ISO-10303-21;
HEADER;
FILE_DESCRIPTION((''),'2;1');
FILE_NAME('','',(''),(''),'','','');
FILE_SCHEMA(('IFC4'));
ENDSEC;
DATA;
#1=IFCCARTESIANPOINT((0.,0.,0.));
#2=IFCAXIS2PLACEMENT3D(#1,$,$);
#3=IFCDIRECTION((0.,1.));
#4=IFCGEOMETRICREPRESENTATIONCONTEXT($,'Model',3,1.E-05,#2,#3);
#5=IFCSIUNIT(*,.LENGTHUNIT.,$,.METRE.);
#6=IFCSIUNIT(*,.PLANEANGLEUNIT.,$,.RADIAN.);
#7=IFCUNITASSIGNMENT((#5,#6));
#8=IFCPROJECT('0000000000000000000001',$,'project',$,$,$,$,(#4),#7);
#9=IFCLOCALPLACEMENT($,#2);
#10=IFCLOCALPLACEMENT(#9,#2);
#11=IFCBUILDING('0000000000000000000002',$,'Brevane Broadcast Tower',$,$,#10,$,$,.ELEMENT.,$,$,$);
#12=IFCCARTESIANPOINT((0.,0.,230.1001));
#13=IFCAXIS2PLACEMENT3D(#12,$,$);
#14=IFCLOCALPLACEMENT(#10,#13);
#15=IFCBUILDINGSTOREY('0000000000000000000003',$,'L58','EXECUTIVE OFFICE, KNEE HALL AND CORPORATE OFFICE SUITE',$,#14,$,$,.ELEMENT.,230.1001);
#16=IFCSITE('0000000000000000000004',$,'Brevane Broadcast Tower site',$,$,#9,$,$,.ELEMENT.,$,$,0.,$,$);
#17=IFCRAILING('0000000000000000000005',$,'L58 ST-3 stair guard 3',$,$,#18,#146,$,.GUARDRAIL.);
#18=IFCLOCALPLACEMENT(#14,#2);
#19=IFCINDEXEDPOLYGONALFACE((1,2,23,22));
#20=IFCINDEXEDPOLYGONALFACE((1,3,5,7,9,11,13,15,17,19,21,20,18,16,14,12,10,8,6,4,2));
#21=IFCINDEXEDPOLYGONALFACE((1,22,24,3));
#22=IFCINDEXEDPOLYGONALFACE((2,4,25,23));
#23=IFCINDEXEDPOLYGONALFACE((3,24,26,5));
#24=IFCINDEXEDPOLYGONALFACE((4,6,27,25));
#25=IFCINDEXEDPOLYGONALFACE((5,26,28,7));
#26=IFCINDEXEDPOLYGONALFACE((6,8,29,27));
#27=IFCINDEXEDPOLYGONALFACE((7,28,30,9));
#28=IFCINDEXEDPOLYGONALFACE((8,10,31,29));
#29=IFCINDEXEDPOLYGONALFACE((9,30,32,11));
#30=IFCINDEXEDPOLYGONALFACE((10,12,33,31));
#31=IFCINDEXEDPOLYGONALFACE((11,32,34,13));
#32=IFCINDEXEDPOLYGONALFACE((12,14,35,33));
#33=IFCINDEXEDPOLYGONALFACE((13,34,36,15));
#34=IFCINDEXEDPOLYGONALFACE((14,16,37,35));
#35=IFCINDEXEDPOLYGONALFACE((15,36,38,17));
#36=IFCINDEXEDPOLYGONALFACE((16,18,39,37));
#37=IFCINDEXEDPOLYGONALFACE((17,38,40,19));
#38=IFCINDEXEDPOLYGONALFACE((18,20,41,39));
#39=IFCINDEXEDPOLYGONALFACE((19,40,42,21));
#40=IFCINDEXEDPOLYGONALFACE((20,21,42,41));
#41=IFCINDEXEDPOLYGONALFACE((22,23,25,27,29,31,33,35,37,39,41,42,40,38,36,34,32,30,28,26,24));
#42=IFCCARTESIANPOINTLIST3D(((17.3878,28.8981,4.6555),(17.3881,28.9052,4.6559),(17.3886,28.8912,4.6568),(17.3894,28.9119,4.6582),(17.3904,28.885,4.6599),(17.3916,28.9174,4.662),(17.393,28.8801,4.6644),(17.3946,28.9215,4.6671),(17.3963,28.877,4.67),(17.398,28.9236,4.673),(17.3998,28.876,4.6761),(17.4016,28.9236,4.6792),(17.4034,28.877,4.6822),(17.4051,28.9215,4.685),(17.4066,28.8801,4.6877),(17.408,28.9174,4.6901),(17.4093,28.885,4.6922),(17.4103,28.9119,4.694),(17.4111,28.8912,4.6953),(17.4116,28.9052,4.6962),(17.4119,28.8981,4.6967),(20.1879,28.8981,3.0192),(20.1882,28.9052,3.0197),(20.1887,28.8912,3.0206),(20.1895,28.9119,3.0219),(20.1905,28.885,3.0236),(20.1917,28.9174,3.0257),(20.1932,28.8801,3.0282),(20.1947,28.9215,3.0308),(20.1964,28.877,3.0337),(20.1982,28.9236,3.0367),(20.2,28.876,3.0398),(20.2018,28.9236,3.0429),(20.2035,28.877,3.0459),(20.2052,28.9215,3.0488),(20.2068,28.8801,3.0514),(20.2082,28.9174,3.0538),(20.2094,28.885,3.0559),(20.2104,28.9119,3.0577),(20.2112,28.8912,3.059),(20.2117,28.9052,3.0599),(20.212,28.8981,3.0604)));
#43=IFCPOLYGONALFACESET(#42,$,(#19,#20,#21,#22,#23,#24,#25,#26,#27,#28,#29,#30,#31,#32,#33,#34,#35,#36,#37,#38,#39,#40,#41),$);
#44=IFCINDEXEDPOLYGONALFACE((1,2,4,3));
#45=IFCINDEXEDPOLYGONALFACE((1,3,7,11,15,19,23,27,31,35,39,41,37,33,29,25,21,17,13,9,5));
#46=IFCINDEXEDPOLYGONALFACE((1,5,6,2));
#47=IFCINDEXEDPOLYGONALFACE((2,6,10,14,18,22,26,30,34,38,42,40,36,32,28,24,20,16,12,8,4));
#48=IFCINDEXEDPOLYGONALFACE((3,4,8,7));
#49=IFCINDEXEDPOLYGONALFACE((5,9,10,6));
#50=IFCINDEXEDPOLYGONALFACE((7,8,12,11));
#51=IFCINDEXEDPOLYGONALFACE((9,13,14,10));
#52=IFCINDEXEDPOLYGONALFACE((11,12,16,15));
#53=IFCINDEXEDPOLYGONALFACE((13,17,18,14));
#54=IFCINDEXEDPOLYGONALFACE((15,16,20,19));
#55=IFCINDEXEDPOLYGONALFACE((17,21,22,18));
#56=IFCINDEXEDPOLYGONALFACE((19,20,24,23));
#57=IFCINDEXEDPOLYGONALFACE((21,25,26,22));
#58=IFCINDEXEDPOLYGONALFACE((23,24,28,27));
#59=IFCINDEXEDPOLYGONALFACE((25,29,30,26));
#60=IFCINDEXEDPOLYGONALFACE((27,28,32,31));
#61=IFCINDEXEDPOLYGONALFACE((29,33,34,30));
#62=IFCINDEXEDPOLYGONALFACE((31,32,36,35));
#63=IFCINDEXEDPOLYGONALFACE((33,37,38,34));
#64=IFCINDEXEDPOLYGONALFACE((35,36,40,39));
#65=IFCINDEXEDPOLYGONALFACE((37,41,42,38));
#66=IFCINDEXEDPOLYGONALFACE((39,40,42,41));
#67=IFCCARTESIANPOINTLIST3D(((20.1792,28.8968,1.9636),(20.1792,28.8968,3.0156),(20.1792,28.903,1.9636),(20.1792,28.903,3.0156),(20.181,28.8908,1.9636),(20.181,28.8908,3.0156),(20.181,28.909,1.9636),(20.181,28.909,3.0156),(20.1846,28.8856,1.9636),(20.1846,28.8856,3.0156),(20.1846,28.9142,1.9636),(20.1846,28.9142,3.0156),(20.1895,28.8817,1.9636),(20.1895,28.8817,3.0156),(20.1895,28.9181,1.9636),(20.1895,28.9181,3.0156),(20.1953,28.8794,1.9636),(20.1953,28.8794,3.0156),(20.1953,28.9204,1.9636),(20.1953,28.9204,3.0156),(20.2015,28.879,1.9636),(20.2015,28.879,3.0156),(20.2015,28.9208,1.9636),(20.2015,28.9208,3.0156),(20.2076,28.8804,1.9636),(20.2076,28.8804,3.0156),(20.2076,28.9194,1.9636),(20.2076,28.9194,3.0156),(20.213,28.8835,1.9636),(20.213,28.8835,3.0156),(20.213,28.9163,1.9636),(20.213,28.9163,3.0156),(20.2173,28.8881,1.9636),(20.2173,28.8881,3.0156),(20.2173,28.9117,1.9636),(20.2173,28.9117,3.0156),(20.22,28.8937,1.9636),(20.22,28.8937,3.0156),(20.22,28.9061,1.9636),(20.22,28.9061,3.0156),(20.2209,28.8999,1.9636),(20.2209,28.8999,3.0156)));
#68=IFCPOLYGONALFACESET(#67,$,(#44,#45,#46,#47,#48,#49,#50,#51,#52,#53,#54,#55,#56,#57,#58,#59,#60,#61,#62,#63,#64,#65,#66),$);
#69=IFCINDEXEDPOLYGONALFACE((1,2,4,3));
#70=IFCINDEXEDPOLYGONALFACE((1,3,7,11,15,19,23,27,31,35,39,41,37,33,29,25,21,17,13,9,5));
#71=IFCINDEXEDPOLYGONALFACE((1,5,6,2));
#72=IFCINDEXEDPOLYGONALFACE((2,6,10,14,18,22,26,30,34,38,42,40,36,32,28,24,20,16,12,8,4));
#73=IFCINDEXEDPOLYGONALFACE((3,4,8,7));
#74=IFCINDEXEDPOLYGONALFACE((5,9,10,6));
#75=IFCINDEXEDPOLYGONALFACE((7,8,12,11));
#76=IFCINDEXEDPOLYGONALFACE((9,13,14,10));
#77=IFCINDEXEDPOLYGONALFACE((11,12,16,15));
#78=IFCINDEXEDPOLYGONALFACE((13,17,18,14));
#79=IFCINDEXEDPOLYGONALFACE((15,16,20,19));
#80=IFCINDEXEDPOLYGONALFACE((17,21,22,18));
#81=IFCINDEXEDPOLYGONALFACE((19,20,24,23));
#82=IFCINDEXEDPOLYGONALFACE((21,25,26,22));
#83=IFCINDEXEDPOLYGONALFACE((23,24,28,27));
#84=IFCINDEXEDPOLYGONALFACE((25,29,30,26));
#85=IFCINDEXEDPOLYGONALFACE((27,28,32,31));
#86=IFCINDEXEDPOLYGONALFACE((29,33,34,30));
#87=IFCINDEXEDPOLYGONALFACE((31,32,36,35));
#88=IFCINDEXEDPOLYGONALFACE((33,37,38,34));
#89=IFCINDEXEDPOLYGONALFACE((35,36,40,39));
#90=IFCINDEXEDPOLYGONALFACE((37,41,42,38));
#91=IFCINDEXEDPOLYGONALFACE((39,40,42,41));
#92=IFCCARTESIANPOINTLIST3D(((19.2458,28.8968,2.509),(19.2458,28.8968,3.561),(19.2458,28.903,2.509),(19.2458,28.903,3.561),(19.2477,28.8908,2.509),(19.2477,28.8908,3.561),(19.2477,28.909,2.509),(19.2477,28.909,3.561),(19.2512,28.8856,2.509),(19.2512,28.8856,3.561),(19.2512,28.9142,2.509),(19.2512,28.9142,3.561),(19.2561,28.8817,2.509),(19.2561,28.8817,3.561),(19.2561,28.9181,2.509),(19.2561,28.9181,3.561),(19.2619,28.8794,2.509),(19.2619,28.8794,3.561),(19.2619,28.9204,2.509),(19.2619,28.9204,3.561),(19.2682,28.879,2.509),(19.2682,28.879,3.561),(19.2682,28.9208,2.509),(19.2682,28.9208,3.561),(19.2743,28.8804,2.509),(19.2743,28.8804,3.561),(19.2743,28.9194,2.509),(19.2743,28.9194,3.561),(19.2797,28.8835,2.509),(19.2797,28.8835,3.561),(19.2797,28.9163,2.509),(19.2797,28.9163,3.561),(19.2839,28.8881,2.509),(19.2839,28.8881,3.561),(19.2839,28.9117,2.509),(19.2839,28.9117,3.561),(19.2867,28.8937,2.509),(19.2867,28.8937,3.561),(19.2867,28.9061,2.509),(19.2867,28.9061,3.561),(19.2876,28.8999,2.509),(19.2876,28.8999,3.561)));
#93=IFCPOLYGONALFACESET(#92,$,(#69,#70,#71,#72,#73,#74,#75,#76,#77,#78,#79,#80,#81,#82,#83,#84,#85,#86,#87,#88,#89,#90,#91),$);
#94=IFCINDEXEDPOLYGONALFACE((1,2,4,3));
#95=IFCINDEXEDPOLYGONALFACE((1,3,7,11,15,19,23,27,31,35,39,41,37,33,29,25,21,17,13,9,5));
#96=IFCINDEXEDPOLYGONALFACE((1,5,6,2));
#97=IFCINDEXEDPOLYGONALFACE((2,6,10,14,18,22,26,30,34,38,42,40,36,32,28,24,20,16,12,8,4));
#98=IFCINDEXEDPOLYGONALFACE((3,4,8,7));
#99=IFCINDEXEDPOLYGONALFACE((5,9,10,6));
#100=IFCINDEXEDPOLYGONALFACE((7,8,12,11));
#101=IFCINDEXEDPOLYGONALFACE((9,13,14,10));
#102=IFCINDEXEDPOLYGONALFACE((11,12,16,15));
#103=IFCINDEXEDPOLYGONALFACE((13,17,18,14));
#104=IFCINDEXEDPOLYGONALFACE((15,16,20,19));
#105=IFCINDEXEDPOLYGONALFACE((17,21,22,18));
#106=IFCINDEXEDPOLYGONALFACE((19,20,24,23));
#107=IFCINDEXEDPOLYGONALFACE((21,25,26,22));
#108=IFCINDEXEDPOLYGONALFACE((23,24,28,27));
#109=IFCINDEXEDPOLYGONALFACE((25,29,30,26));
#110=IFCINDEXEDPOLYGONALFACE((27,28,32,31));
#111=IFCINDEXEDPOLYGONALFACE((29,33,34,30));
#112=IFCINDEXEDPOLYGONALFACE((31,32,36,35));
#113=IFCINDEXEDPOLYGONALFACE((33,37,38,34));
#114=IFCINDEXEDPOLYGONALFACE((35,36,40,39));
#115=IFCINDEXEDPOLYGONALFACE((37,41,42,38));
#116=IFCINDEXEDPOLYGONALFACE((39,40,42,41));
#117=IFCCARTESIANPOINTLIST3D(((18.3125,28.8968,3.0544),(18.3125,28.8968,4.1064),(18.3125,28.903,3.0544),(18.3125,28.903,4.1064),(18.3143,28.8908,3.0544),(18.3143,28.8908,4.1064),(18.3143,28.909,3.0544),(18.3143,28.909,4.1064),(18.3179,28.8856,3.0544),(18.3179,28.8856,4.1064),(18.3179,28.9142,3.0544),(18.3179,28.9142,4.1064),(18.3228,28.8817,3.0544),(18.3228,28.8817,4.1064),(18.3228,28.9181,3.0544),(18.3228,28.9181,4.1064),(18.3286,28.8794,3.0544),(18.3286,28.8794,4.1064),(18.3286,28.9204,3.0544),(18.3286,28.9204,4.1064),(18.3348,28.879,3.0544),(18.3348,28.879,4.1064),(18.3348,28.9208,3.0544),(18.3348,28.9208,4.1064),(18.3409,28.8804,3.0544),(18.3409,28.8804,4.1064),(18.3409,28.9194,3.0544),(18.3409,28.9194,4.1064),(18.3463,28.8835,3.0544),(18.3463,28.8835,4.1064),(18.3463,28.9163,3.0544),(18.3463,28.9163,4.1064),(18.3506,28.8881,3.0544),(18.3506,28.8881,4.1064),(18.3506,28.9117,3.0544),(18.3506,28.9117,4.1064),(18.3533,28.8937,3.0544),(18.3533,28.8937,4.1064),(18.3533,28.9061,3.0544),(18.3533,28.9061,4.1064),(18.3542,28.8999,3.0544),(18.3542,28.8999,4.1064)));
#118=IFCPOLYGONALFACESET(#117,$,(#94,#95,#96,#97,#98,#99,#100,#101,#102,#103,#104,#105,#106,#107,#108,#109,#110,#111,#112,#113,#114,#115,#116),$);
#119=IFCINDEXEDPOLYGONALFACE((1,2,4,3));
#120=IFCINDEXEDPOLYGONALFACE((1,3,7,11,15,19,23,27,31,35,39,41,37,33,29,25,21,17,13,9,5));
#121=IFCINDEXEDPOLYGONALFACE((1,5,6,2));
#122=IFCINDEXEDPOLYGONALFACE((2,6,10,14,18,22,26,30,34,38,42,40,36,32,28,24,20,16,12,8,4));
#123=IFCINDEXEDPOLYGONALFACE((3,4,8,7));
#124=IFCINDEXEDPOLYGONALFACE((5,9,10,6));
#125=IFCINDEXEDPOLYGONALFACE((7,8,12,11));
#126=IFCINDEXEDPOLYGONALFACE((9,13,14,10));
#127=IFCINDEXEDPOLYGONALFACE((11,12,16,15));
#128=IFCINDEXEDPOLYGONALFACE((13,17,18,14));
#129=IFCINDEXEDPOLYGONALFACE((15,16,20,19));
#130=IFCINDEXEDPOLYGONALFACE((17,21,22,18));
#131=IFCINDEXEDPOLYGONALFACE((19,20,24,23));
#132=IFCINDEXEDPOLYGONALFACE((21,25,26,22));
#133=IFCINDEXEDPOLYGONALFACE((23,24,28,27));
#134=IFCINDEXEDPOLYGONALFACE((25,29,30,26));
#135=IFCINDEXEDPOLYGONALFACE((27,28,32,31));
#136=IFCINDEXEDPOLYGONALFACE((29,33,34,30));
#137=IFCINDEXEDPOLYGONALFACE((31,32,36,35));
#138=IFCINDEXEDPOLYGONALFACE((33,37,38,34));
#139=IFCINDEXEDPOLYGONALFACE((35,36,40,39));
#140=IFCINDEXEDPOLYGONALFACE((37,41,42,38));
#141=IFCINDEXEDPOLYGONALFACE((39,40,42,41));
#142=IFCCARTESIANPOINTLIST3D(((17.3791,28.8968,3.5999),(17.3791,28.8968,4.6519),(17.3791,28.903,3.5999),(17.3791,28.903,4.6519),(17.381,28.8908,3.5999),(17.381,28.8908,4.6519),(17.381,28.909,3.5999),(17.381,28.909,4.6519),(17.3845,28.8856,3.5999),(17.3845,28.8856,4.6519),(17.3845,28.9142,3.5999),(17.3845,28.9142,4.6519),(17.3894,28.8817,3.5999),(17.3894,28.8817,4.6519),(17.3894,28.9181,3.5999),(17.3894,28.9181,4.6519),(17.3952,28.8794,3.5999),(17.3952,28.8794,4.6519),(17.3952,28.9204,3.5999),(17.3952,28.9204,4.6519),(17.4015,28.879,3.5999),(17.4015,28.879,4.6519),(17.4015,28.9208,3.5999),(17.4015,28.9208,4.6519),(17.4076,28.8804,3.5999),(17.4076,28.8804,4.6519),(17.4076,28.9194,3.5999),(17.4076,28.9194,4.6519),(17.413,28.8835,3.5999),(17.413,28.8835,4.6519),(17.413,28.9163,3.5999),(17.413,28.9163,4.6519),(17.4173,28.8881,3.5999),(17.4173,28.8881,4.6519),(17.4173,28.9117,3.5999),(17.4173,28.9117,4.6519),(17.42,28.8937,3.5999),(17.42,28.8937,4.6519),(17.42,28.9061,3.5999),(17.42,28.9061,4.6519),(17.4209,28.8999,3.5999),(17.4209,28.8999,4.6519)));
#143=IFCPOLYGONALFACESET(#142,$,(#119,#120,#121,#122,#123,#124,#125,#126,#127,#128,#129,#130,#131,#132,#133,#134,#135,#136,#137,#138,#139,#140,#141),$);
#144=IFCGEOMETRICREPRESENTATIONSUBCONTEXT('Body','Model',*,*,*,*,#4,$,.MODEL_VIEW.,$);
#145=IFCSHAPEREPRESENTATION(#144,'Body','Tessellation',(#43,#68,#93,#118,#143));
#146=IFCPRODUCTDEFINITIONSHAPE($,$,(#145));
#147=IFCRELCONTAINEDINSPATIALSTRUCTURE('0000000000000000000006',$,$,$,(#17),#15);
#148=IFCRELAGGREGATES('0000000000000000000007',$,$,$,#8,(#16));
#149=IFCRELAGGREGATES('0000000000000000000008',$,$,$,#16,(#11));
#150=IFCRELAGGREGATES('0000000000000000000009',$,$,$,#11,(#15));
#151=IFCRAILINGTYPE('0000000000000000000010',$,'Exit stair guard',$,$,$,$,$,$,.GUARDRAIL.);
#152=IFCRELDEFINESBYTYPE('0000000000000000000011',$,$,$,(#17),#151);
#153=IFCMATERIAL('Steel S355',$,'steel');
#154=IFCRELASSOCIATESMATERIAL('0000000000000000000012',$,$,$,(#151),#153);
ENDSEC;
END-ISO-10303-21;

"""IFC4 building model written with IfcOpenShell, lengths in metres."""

from ifc_helpers import new_model, si_unit, direction, frame, origin, origin_2d, place, context, subcontext, project, spatial, circle, extrude, material, type_object, element, save


model = new_model("IFC4")

# Units and contexts
model_context = context("Model", 3, precision=1e-05, world=origin(), true_north=direction((0.0, 1.0)))
body_context = subcontext(model_context, "Body", "Model", "MODEL_VIEW")
ifc_project = project(units=[si_unit("LENGTHUNIT", "METRE"), si_unit("PLANEANGLEUNIT", "RADIAN")], contexts=[model_context])

# Site, building, storey
site_placement = place(None, origin())
site = spatial("IfcSite", under=ifc_project, at=site_placement, Name="Brevane Broadcast Tower site", CompositionType="ELEMENT", RefElevation=0.0)
building_placement = place(site_placement, origin())
building = spatial("IfcBuilding", under=site, at=building_placement, Name="Brevane Broadcast Tower", CompositionType="ELEMENT")
storey_placement = place(building_placement, frame((0.0, 0.0, 230.1001)))
storey = spatial("IfcBuildingStorey", under=building, at=storey_placement, Name="L58", Description="EXECUTIVE OFFICE, KNEE HALL AND CORPORATE OFFICE SUITE", CompositionType="ELEMENT", Elevation=230.1001)

# Railing
ifc_material_1 = material(Name="Steel S355", Category="steel")
railing_type_1 = type_object("IfcRailingType", Name="Exit stair guard", PredefinedType="GUARDRAIL", material=ifc_material_1)
railing_1_placement = place(storey_placement, frame((20.2, 28.8999, 1.9636)))
element("IfcRailing", 1, at=railing_1_placement, inside=storey, type_object=railing_type_1, Name="L58 ST-3 stair guard 3", PredefinedType="GUARDRAIL", context=body_context, shape_type="SweptSolid", body=[
    extrude(circle(Radius=0.0239, at=origin_2d()), frame((0.0, 0.0, 1.0762), z_axis=(-0.863394, 0.0, 0.504531), x_axis=(0.0, -1.0, 0.0)), (0.0, 0.0, 1.0), 3.2432),
    extrude(circle(Radius=0.021, at=origin_2d()), origin(), (0.0, 0.0, 1.0), 1.052),
    extrude(circle(Radius=0.021, at=origin_2d()), frame((-0.9333, 0.0, 0.5454)), (0.0, 0.0, 1.0), 1.052),
    extrude(circle(Radius=0.021, at=origin_2d()), frame((-1.8667, 0.0, 1.0908)), (0.0, 0.0, 1.0), 1.052),
    extrude(circle(Radius=0.021, at=origin_2d()), frame((-2.8, 0.0, 1.6362)), (0.0, 0.0, 1.0), 1.052),
])

save(model, "model.ifc")
